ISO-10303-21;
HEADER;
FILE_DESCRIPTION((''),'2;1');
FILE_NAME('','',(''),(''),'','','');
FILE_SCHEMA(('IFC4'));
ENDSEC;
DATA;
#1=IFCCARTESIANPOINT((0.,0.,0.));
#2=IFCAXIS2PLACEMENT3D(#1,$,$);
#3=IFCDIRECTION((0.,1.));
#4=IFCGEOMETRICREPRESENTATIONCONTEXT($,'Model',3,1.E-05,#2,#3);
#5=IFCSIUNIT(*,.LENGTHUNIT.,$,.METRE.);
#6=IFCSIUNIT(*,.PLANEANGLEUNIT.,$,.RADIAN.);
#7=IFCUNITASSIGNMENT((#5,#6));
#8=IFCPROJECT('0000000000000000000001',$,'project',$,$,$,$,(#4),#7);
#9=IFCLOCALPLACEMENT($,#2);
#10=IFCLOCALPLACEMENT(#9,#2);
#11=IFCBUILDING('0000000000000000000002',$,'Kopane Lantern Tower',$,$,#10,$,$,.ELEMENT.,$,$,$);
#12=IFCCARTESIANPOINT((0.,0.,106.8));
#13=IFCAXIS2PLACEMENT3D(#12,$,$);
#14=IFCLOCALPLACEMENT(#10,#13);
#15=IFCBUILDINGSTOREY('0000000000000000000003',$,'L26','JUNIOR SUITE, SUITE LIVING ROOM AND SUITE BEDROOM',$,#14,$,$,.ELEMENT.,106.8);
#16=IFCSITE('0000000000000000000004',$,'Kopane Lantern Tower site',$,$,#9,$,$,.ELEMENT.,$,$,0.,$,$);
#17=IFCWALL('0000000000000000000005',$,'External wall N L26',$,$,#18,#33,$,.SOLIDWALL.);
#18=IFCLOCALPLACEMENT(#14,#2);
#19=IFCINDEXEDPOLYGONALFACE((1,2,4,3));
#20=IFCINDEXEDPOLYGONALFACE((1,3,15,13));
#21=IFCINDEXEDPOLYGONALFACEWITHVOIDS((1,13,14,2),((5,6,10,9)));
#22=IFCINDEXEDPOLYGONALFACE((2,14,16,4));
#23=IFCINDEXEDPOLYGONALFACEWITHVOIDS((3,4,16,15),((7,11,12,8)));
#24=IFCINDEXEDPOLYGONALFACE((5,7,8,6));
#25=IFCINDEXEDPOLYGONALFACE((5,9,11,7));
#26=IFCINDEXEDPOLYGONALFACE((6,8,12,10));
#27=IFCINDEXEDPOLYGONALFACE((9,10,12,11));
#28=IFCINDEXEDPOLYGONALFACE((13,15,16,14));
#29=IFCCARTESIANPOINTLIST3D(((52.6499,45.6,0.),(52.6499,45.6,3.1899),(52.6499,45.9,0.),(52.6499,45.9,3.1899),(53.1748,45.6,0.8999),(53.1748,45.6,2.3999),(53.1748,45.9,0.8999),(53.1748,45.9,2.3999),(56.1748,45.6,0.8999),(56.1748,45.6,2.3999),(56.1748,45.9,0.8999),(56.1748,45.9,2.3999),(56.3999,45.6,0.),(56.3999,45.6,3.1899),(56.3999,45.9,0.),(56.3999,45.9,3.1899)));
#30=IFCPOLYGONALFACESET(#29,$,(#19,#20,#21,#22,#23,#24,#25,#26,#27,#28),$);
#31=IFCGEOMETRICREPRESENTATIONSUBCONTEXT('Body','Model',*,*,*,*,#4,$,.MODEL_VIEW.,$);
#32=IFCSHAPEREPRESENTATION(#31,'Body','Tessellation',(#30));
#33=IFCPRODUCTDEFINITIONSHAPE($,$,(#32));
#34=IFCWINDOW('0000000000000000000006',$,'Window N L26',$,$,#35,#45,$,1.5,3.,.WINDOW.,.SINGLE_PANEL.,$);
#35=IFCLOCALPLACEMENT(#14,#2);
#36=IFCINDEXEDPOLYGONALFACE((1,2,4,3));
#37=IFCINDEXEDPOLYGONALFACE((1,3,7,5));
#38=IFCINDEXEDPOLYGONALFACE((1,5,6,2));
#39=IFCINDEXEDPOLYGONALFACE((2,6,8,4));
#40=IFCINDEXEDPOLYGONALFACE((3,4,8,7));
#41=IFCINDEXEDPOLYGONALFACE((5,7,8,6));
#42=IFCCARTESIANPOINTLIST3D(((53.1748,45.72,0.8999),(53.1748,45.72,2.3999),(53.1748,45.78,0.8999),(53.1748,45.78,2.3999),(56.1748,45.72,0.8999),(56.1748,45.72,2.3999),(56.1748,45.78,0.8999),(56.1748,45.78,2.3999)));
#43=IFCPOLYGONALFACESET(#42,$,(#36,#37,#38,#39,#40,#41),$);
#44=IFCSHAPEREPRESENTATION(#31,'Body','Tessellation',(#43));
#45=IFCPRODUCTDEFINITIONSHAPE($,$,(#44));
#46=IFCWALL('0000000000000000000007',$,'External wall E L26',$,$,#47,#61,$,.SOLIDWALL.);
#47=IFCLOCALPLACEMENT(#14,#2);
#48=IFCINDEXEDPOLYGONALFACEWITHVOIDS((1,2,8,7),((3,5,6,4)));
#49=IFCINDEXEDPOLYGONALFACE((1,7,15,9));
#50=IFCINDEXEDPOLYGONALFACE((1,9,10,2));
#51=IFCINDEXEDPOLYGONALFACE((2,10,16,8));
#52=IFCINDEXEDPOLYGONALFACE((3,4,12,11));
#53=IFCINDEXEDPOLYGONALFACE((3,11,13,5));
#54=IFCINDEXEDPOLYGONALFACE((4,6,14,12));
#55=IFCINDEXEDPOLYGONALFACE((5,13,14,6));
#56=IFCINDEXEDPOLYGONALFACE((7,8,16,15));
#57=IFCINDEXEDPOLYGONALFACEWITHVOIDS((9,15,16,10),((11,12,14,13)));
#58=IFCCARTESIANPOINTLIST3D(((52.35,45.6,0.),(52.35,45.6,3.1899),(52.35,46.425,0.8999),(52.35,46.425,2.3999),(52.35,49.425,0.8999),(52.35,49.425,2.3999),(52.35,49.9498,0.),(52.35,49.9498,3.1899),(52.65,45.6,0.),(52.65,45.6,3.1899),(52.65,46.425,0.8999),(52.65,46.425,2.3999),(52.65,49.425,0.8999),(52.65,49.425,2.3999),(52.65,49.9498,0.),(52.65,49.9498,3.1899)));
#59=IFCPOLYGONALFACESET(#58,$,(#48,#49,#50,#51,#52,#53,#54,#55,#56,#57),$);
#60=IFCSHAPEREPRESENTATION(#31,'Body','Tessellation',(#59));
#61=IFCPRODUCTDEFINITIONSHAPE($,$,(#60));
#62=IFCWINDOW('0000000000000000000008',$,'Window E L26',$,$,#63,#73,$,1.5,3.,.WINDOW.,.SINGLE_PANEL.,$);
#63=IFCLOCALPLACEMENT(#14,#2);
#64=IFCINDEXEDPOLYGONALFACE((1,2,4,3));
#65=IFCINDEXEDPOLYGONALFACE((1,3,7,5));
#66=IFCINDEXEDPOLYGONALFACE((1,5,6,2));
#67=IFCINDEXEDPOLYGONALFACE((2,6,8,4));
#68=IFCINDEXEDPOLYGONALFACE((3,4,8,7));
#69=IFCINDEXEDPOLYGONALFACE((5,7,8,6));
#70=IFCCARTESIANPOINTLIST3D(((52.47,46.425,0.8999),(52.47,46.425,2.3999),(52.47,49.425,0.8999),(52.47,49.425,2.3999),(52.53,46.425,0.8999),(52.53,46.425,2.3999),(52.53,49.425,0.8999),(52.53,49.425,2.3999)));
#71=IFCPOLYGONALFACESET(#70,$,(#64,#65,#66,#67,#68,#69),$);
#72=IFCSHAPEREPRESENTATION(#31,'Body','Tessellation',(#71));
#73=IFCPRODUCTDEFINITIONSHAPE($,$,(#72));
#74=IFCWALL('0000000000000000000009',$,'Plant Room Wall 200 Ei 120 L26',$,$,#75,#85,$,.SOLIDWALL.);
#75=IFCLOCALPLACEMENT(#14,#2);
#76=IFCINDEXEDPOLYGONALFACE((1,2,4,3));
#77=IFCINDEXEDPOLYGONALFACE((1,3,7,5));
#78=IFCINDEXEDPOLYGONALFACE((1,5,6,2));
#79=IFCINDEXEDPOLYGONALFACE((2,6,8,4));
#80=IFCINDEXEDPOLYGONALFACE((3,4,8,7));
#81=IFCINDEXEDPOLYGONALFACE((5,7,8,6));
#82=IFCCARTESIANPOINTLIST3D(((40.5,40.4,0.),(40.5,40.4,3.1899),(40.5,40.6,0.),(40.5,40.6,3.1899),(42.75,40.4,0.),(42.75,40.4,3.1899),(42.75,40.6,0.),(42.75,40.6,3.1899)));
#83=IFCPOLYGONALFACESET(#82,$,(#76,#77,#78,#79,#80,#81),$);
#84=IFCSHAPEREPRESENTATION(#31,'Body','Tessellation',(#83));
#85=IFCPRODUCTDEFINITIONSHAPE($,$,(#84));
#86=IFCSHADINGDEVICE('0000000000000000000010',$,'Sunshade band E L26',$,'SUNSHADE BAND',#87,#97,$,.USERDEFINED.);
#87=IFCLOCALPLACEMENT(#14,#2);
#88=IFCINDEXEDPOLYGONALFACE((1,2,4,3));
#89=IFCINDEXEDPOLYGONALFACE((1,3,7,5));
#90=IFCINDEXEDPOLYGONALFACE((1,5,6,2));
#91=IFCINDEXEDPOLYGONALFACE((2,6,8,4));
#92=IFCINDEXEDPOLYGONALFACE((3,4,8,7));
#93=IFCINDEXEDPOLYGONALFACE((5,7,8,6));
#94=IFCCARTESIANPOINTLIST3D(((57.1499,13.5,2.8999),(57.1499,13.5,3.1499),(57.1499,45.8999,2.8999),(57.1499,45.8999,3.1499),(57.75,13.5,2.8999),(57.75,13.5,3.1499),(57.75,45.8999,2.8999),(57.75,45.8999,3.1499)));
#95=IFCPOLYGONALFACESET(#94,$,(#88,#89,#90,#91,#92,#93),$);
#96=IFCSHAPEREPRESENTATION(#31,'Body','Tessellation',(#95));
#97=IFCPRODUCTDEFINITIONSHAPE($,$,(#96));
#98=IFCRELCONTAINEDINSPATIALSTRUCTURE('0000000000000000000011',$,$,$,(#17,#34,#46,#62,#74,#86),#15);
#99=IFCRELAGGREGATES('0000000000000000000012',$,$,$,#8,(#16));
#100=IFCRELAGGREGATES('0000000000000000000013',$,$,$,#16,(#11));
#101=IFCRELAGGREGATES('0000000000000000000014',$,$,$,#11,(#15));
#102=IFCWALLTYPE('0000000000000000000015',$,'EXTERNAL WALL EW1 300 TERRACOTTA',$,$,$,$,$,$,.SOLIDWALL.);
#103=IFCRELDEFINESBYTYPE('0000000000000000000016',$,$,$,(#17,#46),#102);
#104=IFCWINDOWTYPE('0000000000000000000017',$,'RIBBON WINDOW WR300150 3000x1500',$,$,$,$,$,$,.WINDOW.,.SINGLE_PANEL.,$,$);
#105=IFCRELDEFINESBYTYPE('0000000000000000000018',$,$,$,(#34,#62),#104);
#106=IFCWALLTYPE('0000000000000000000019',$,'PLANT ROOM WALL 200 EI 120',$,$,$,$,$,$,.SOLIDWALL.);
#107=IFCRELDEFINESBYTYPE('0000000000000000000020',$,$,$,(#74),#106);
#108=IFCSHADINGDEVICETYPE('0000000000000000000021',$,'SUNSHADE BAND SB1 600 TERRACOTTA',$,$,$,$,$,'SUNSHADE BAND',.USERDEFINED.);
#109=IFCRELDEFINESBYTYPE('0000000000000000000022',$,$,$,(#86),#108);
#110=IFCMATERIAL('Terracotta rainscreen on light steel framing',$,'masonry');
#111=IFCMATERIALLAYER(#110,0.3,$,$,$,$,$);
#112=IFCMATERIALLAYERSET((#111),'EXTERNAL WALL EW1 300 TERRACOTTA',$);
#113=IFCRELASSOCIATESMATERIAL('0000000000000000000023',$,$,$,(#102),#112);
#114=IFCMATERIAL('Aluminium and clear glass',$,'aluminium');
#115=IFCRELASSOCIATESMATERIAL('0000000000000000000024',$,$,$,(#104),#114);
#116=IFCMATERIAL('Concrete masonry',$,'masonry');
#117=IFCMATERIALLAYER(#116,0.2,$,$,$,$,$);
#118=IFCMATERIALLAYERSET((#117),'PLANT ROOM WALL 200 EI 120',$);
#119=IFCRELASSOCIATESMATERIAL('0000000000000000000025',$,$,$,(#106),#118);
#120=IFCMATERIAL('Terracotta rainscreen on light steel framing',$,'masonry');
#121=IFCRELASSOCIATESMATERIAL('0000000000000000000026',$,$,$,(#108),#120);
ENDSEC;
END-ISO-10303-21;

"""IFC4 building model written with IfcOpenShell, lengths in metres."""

from ifc_helpers import new_model, si_unit, direction, frame, frame_2d, origin, origin_2d, place, context, subcontext, project, spatial, rectangle, extrude, material, layer, layer_set, type_object, element, fill, save


model = new_model("IFC4")

# Units and contexts
model_context = context("Model", 3, precision=1e-05, world=origin(), true_north=direction((0.0, 1.0)))
body_context = subcontext(model_context, "Body", "Model", "MODEL_VIEW")
ifc_project = project(units=[si_unit("LENGTHUNIT", "METRE"), si_unit("PLANEANGLEUNIT", "RADIAN")], contexts=[model_context])

# Site, building, storey
site_placement = place(None, origin())
site = spatial("IfcSite", under=ifc_project, at=site_placement, Name="Kopane Lantern Tower site", CompositionType="ELEMENT", RefElevation=0.0)
building_placement = place(site_placement, origin())
building = spatial("IfcBuilding", under=site, at=building_placement, Name="Kopane Lantern Tower", CompositionType="ELEMENT")
storey_placement = place(building_placement, frame((0.0, 0.0, 106.8)))
storey = spatial("IfcBuildingStorey", under=building, at=storey_placement, Name="L26", Description="JUNIOR SUITE, SUITE LIVING ROOM AND SUITE BEDROOM", CompositionType="ELEMENT", Elevation=106.8)

# Walls, openings, windows
ifc_material_1 = material(Name="Terracotta rainscreen on light steel framing", Category="masonry")
ifc_layer_1 = layer(ifc_material_1, 0.3)
ifc_layer_set_1 = layer_set([ifc_layer_1], Name="EXTERNAL WALL EW1 300 TERRACOTTA")
wall_type_1 = type_object("IfcWallType", Name="EXTERNAL WALL EW1 300 TERRACOTTA", PredefinedType="SOLIDWALL", material=ifc_layer_set_1)
wall_1_placement = place(storey_placement, frame((56.3999, 45.75, 0.0), z_axis=(0.0, 0.0, 1.0), x_axis=(-1.0, 0.0, 0.0)))
wall_1 = element("IfcWall", 1, at=wall_1_placement, inside=storey, type_object=wall_type_1, Name="External wall N L26", PredefinedType="SOLIDWALL", context=body_context, shape_type="SweptSolid", body=[
    extrude(rectangle(XDim=3.75, YDim=0.3, at=frame_2d((1.875, 0.0))), origin(), (0.0, 0.0, 1.0), 3.1899),
])
opening_1_placement = place(wall_1_placement, frame((0.2251, 0.0, 0.8999)))
opening_1 = element("IfcOpeningElement", 2, at=opening_1_placement, cuts=wall_1, PredefinedType="OPENING", context=body_context, shape_type="SweptSolid", body=[
    extrude(rectangle(XDim=3.0, YDim=1.5, at=frame_2d((1.5, 0.75))), frame((0.0, 0.1599, 0.0), z_axis=(0.0, -1.0, 0.0), x_axis=(1.0, 0.0, 0.0)), (0.0, 0.0, 1.0), 0.3201),
])
ifc_material_2 = material(Name="Aluminium and clear glass", Category="aluminium")
window_type = type_object("IfcWindowType", Name="RIBBON WINDOW WR300150 3000x1500", PartitioningType="SINGLE_PANEL", PredefinedType="WINDOW", material=ifc_material_2)
window_1_placement = place(opening_1_placement, origin())
window_1 = element("IfcWindow", 3, at=window_1_placement, inside=storey, type_object=window_type, Name="Window N L26", OverallHeight=1.5, OverallWidth=3.0, PartitioningType="SINGLE_PANEL", PredefinedType="WINDOW", context=body_context, shape_type="SweptSolid", body=[
    extrude(rectangle(XDim=3.0, YDim=1.5, at=frame_2d((1.5, 0.75))), frame((0.0, 0.03, 0.0), z_axis=(0.0, -1.0, 0.0), x_axis=(1.0, 0.0, 0.0)), (0.0, 0.0, 1.0), 0.0601),
])
fill(opening_1, window_1)
wall_2_placement = place(storey_placement, frame((52.5, 45.6001, 0.0), z_axis=(0.0, 0.0, 1.0), x_axis=(0.0, 1.0, 0.0)))
wall_2 = element("IfcWall", 4, at=wall_2_placement, inside=storey, type_object=wall_type_1, Name="External wall E L26", PredefinedType="SOLIDWALL", context=body_context, shape_type="SweptSolid", body=[
    extrude(rectangle(XDim=4.3499, YDim=0.3, at=frame_2d((2.1748, 0.0))), origin(), (0.0, 0.0, 1.0), 3.1899),
])
opening_2_placement = place(wall_2_placement, frame((0.825, 0.0, 0.8999)))
opening_2 = element("IfcOpeningElement", 5, at=opening_2_placement, cuts=wall_2, PredefinedType="OPENING", context=body_context, shape_type="SweptSolid", body=[
    extrude(rectangle(XDim=3.0, YDim=1.5, at=frame_2d((1.5, 0.75))), frame((0.0, 0.1599, 0.0), z_axis=(0.0, -1.0, 0.0), x_axis=(1.0, 0.0, 0.0)), (0.0, 0.0, 1.0), 0.3201),
])
window_2_placement = place(opening_2_placement, origin())
window_2 = element("IfcWindow", 6, at=window_2_placement, inside=storey, type_object=window_type, Name="Window E L26", OverallHeight=1.5, OverallWidth=3.0, PartitioningType="SINGLE_PANEL", PredefinedType="WINDOW", context=body_context, shape_type="SweptSolid", body=[
    extrude(rectangle(XDim=3.0, YDim=1.5, at=frame_2d((1.5, 0.75))), frame((0.0, 0.03, 0.0), z_axis=(0.0, -1.0, 0.0), x_axis=(1.0, 0.0, 0.0)), (0.0, 0.0, 1.0), 0.0601),
])
fill(opening_2, window_2)

# Wall
ifc_material_3 = material(Name="Concrete masonry", Category="masonry")
ifc_layer_2 = layer(ifc_material_3, 0.2)
ifc_layer_set_2 = layer_set([ifc_layer_2], Name="PLANT ROOM WALL 200 EI 120")
wall_type_2 = type_object("IfcWallType", Name="PLANT ROOM WALL 200 EI 120", PredefinedType="SOLIDWALL", material=ifc_layer_set_2)
wall_3_placement = place(storey_placement, frame((40.5, 40.5, 0.0), z_axis=(0.0, 0.0, 1.0), x_axis=(1.0, 0.0, 0.0)))
element("IfcWall", 7, at=wall_3_placement, inside=storey, type_object=wall_type_2, Name="Plant Room Wall 200 Ei 120 L26", PredefinedType="SOLIDWALL", context=body_context, shape_type="SweptSolid", body=[
    extrude(rectangle(XDim=2.25, YDim=0.2, at=frame_2d((1.125, 0.0))), origin(), (0.0, 0.0, 1.0), 3.1899),
])

# Shading device
ifc_material_4 = material(Name="Terracotta rainscreen on light steel framing", Category="masonry")
shading_device_type = type_object("IfcShadingDeviceType", Name="SUNSHADE BAND SB1 600 TERRACOTTA", ElementType="SUNSHADE BAND", PredefinedType="USERDEFINED", material=ifc_material_4)
shading_device_placement = place(storey_placement, frame((57.45, 29.7, 2.8999), z_axis=(0.0, 0.0, 1.0), x_axis=(0.0, 1.0, 0.0)))
element("IfcShadingDevice", 8, at=shading_device_placement, inside=storey, type_object=shading_device_type, Name="Sunshade band E L26", ObjectType="SUNSHADE BAND", PredefinedType="USERDEFINED", context=body_context, shape_type="SweptSolid", body=[
    extrude(rectangle(XDim=32.3999, YDim=0.6001, at=origin_2d()), origin(), (0.0, 0.0, 1.0), 0.25),
])

save(model, "model.ifc")
